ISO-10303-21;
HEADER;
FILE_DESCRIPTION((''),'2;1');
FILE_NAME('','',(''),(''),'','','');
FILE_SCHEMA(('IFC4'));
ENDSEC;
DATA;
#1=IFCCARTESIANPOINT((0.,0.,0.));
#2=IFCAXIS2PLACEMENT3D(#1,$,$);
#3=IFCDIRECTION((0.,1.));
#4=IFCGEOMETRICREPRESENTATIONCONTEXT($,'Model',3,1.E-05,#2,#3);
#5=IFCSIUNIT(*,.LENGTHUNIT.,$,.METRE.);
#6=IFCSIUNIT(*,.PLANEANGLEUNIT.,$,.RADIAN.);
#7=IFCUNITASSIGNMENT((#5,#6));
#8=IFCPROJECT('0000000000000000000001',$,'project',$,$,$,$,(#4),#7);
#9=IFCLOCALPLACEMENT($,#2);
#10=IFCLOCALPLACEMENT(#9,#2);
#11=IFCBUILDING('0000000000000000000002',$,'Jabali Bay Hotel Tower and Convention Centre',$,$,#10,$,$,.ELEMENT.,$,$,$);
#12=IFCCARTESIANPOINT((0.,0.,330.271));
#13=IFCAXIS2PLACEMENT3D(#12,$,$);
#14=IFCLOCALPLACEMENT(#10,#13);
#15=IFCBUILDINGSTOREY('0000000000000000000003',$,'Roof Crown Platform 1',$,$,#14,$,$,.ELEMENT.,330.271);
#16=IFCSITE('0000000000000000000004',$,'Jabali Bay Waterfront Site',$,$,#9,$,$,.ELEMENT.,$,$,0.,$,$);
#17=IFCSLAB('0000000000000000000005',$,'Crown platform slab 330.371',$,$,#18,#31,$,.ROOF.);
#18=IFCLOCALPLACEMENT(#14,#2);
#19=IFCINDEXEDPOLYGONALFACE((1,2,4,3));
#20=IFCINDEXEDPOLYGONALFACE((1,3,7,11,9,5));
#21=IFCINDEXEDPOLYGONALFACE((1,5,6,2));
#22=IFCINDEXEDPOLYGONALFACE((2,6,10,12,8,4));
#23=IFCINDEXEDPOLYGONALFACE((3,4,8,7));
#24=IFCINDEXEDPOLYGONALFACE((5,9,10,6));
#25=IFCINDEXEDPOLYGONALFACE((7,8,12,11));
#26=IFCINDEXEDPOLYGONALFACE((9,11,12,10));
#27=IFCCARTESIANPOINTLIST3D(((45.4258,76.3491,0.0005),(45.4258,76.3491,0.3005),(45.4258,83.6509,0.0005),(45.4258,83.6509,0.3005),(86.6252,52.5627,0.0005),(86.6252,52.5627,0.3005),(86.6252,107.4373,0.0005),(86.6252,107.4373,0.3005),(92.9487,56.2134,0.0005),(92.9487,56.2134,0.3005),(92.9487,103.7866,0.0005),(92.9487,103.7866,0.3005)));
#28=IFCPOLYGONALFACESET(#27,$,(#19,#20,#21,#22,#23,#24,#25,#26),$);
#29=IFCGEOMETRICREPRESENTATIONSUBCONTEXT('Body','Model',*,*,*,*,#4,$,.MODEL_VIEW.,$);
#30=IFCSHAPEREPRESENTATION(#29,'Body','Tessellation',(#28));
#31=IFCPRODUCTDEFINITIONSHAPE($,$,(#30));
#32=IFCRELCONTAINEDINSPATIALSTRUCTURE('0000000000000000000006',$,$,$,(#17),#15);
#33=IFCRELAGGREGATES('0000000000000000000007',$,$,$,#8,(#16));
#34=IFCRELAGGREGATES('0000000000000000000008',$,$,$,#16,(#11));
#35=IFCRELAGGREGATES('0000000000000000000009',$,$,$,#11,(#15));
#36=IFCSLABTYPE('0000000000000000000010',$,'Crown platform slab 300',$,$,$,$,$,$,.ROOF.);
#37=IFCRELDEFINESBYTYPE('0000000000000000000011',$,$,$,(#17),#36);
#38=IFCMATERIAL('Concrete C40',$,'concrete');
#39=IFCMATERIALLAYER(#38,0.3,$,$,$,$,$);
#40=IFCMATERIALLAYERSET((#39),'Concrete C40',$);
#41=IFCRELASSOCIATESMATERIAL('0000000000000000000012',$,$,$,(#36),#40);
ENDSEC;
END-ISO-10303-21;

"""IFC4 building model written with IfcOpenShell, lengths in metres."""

from ifc_helpers import new_model, si_unit, direction, frame, origin, place, context, subcontext, project, spatial, polyline, outline, extrude, material, layer, layer_set, type_object, element, save


model = new_model("IFC4")

# Units and contexts
model_context = context("Model", 3, precision=1e-05, world=origin(), true_north=direction((0.0, 1.0)))
body_context = subcontext(model_context, "Body", "Model", "MODEL_VIEW")
ifc_project = project(units=[si_unit("LENGTHUNIT", "METRE"), si_unit("PLANEANGLEUNIT", "RADIAN")], contexts=[model_context])

# Site, building, storey
site_placement = place(None, origin())
site = spatial("IfcSite", under=ifc_project, at=site_placement, Name="Jabali Bay Waterfront Site", CompositionType="ELEMENT", RefElevation=0.0)
building_placement = place(site_placement, origin())
building = spatial("IfcBuilding", under=site, at=building_placement, Name="Jabali Bay Hotel Tower and Convention Centre", CompositionType="ELEMENT")
storey_placement = place(building_placement, frame((0.0, 0.0, 330.271)))
storey = spatial("IfcBuildingStorey", under=building, at=storey_placement, Name="Roof Crown Platform 1", CompositionType="ELEMENT", Elevation=330.271)

# Slab
ifc_material = material(Name="Concrete C40", Category="concrete")
ifc_layer = layer(ifc_material, 0.3)
ifc_layer_set = layer_set([ifc_layer], Name="Concrete C40")
slab_type = type_object("IfcSlabType", Name="Crown platform slab 300", PredefinedType="ROOF", material=ifc_layer_set)
slab_placement = place(storey_placement, frame((0.0, 0.0, 0.0005)))
element("IfcSlab", 1, at=slab_placement, inside=storey, type_object=slab_type, Name="Crown platform slab 330.371", PredefinedType="ROOF", context=body_context, shape_type="SweptSolid", body=[
    extrude(outline(polyline([(92.9487, 56.2134), (86.6252, 52.5627), (45.4258, 76.3491), (45.4258, 83.6509), (86.6252, 107.4373), (92.9487, 103.7866), (92.9487, 56.2134)])), origin(), (0.0, 0.0, 1.0), 0.3),
])

save(model, "model.ifc")
